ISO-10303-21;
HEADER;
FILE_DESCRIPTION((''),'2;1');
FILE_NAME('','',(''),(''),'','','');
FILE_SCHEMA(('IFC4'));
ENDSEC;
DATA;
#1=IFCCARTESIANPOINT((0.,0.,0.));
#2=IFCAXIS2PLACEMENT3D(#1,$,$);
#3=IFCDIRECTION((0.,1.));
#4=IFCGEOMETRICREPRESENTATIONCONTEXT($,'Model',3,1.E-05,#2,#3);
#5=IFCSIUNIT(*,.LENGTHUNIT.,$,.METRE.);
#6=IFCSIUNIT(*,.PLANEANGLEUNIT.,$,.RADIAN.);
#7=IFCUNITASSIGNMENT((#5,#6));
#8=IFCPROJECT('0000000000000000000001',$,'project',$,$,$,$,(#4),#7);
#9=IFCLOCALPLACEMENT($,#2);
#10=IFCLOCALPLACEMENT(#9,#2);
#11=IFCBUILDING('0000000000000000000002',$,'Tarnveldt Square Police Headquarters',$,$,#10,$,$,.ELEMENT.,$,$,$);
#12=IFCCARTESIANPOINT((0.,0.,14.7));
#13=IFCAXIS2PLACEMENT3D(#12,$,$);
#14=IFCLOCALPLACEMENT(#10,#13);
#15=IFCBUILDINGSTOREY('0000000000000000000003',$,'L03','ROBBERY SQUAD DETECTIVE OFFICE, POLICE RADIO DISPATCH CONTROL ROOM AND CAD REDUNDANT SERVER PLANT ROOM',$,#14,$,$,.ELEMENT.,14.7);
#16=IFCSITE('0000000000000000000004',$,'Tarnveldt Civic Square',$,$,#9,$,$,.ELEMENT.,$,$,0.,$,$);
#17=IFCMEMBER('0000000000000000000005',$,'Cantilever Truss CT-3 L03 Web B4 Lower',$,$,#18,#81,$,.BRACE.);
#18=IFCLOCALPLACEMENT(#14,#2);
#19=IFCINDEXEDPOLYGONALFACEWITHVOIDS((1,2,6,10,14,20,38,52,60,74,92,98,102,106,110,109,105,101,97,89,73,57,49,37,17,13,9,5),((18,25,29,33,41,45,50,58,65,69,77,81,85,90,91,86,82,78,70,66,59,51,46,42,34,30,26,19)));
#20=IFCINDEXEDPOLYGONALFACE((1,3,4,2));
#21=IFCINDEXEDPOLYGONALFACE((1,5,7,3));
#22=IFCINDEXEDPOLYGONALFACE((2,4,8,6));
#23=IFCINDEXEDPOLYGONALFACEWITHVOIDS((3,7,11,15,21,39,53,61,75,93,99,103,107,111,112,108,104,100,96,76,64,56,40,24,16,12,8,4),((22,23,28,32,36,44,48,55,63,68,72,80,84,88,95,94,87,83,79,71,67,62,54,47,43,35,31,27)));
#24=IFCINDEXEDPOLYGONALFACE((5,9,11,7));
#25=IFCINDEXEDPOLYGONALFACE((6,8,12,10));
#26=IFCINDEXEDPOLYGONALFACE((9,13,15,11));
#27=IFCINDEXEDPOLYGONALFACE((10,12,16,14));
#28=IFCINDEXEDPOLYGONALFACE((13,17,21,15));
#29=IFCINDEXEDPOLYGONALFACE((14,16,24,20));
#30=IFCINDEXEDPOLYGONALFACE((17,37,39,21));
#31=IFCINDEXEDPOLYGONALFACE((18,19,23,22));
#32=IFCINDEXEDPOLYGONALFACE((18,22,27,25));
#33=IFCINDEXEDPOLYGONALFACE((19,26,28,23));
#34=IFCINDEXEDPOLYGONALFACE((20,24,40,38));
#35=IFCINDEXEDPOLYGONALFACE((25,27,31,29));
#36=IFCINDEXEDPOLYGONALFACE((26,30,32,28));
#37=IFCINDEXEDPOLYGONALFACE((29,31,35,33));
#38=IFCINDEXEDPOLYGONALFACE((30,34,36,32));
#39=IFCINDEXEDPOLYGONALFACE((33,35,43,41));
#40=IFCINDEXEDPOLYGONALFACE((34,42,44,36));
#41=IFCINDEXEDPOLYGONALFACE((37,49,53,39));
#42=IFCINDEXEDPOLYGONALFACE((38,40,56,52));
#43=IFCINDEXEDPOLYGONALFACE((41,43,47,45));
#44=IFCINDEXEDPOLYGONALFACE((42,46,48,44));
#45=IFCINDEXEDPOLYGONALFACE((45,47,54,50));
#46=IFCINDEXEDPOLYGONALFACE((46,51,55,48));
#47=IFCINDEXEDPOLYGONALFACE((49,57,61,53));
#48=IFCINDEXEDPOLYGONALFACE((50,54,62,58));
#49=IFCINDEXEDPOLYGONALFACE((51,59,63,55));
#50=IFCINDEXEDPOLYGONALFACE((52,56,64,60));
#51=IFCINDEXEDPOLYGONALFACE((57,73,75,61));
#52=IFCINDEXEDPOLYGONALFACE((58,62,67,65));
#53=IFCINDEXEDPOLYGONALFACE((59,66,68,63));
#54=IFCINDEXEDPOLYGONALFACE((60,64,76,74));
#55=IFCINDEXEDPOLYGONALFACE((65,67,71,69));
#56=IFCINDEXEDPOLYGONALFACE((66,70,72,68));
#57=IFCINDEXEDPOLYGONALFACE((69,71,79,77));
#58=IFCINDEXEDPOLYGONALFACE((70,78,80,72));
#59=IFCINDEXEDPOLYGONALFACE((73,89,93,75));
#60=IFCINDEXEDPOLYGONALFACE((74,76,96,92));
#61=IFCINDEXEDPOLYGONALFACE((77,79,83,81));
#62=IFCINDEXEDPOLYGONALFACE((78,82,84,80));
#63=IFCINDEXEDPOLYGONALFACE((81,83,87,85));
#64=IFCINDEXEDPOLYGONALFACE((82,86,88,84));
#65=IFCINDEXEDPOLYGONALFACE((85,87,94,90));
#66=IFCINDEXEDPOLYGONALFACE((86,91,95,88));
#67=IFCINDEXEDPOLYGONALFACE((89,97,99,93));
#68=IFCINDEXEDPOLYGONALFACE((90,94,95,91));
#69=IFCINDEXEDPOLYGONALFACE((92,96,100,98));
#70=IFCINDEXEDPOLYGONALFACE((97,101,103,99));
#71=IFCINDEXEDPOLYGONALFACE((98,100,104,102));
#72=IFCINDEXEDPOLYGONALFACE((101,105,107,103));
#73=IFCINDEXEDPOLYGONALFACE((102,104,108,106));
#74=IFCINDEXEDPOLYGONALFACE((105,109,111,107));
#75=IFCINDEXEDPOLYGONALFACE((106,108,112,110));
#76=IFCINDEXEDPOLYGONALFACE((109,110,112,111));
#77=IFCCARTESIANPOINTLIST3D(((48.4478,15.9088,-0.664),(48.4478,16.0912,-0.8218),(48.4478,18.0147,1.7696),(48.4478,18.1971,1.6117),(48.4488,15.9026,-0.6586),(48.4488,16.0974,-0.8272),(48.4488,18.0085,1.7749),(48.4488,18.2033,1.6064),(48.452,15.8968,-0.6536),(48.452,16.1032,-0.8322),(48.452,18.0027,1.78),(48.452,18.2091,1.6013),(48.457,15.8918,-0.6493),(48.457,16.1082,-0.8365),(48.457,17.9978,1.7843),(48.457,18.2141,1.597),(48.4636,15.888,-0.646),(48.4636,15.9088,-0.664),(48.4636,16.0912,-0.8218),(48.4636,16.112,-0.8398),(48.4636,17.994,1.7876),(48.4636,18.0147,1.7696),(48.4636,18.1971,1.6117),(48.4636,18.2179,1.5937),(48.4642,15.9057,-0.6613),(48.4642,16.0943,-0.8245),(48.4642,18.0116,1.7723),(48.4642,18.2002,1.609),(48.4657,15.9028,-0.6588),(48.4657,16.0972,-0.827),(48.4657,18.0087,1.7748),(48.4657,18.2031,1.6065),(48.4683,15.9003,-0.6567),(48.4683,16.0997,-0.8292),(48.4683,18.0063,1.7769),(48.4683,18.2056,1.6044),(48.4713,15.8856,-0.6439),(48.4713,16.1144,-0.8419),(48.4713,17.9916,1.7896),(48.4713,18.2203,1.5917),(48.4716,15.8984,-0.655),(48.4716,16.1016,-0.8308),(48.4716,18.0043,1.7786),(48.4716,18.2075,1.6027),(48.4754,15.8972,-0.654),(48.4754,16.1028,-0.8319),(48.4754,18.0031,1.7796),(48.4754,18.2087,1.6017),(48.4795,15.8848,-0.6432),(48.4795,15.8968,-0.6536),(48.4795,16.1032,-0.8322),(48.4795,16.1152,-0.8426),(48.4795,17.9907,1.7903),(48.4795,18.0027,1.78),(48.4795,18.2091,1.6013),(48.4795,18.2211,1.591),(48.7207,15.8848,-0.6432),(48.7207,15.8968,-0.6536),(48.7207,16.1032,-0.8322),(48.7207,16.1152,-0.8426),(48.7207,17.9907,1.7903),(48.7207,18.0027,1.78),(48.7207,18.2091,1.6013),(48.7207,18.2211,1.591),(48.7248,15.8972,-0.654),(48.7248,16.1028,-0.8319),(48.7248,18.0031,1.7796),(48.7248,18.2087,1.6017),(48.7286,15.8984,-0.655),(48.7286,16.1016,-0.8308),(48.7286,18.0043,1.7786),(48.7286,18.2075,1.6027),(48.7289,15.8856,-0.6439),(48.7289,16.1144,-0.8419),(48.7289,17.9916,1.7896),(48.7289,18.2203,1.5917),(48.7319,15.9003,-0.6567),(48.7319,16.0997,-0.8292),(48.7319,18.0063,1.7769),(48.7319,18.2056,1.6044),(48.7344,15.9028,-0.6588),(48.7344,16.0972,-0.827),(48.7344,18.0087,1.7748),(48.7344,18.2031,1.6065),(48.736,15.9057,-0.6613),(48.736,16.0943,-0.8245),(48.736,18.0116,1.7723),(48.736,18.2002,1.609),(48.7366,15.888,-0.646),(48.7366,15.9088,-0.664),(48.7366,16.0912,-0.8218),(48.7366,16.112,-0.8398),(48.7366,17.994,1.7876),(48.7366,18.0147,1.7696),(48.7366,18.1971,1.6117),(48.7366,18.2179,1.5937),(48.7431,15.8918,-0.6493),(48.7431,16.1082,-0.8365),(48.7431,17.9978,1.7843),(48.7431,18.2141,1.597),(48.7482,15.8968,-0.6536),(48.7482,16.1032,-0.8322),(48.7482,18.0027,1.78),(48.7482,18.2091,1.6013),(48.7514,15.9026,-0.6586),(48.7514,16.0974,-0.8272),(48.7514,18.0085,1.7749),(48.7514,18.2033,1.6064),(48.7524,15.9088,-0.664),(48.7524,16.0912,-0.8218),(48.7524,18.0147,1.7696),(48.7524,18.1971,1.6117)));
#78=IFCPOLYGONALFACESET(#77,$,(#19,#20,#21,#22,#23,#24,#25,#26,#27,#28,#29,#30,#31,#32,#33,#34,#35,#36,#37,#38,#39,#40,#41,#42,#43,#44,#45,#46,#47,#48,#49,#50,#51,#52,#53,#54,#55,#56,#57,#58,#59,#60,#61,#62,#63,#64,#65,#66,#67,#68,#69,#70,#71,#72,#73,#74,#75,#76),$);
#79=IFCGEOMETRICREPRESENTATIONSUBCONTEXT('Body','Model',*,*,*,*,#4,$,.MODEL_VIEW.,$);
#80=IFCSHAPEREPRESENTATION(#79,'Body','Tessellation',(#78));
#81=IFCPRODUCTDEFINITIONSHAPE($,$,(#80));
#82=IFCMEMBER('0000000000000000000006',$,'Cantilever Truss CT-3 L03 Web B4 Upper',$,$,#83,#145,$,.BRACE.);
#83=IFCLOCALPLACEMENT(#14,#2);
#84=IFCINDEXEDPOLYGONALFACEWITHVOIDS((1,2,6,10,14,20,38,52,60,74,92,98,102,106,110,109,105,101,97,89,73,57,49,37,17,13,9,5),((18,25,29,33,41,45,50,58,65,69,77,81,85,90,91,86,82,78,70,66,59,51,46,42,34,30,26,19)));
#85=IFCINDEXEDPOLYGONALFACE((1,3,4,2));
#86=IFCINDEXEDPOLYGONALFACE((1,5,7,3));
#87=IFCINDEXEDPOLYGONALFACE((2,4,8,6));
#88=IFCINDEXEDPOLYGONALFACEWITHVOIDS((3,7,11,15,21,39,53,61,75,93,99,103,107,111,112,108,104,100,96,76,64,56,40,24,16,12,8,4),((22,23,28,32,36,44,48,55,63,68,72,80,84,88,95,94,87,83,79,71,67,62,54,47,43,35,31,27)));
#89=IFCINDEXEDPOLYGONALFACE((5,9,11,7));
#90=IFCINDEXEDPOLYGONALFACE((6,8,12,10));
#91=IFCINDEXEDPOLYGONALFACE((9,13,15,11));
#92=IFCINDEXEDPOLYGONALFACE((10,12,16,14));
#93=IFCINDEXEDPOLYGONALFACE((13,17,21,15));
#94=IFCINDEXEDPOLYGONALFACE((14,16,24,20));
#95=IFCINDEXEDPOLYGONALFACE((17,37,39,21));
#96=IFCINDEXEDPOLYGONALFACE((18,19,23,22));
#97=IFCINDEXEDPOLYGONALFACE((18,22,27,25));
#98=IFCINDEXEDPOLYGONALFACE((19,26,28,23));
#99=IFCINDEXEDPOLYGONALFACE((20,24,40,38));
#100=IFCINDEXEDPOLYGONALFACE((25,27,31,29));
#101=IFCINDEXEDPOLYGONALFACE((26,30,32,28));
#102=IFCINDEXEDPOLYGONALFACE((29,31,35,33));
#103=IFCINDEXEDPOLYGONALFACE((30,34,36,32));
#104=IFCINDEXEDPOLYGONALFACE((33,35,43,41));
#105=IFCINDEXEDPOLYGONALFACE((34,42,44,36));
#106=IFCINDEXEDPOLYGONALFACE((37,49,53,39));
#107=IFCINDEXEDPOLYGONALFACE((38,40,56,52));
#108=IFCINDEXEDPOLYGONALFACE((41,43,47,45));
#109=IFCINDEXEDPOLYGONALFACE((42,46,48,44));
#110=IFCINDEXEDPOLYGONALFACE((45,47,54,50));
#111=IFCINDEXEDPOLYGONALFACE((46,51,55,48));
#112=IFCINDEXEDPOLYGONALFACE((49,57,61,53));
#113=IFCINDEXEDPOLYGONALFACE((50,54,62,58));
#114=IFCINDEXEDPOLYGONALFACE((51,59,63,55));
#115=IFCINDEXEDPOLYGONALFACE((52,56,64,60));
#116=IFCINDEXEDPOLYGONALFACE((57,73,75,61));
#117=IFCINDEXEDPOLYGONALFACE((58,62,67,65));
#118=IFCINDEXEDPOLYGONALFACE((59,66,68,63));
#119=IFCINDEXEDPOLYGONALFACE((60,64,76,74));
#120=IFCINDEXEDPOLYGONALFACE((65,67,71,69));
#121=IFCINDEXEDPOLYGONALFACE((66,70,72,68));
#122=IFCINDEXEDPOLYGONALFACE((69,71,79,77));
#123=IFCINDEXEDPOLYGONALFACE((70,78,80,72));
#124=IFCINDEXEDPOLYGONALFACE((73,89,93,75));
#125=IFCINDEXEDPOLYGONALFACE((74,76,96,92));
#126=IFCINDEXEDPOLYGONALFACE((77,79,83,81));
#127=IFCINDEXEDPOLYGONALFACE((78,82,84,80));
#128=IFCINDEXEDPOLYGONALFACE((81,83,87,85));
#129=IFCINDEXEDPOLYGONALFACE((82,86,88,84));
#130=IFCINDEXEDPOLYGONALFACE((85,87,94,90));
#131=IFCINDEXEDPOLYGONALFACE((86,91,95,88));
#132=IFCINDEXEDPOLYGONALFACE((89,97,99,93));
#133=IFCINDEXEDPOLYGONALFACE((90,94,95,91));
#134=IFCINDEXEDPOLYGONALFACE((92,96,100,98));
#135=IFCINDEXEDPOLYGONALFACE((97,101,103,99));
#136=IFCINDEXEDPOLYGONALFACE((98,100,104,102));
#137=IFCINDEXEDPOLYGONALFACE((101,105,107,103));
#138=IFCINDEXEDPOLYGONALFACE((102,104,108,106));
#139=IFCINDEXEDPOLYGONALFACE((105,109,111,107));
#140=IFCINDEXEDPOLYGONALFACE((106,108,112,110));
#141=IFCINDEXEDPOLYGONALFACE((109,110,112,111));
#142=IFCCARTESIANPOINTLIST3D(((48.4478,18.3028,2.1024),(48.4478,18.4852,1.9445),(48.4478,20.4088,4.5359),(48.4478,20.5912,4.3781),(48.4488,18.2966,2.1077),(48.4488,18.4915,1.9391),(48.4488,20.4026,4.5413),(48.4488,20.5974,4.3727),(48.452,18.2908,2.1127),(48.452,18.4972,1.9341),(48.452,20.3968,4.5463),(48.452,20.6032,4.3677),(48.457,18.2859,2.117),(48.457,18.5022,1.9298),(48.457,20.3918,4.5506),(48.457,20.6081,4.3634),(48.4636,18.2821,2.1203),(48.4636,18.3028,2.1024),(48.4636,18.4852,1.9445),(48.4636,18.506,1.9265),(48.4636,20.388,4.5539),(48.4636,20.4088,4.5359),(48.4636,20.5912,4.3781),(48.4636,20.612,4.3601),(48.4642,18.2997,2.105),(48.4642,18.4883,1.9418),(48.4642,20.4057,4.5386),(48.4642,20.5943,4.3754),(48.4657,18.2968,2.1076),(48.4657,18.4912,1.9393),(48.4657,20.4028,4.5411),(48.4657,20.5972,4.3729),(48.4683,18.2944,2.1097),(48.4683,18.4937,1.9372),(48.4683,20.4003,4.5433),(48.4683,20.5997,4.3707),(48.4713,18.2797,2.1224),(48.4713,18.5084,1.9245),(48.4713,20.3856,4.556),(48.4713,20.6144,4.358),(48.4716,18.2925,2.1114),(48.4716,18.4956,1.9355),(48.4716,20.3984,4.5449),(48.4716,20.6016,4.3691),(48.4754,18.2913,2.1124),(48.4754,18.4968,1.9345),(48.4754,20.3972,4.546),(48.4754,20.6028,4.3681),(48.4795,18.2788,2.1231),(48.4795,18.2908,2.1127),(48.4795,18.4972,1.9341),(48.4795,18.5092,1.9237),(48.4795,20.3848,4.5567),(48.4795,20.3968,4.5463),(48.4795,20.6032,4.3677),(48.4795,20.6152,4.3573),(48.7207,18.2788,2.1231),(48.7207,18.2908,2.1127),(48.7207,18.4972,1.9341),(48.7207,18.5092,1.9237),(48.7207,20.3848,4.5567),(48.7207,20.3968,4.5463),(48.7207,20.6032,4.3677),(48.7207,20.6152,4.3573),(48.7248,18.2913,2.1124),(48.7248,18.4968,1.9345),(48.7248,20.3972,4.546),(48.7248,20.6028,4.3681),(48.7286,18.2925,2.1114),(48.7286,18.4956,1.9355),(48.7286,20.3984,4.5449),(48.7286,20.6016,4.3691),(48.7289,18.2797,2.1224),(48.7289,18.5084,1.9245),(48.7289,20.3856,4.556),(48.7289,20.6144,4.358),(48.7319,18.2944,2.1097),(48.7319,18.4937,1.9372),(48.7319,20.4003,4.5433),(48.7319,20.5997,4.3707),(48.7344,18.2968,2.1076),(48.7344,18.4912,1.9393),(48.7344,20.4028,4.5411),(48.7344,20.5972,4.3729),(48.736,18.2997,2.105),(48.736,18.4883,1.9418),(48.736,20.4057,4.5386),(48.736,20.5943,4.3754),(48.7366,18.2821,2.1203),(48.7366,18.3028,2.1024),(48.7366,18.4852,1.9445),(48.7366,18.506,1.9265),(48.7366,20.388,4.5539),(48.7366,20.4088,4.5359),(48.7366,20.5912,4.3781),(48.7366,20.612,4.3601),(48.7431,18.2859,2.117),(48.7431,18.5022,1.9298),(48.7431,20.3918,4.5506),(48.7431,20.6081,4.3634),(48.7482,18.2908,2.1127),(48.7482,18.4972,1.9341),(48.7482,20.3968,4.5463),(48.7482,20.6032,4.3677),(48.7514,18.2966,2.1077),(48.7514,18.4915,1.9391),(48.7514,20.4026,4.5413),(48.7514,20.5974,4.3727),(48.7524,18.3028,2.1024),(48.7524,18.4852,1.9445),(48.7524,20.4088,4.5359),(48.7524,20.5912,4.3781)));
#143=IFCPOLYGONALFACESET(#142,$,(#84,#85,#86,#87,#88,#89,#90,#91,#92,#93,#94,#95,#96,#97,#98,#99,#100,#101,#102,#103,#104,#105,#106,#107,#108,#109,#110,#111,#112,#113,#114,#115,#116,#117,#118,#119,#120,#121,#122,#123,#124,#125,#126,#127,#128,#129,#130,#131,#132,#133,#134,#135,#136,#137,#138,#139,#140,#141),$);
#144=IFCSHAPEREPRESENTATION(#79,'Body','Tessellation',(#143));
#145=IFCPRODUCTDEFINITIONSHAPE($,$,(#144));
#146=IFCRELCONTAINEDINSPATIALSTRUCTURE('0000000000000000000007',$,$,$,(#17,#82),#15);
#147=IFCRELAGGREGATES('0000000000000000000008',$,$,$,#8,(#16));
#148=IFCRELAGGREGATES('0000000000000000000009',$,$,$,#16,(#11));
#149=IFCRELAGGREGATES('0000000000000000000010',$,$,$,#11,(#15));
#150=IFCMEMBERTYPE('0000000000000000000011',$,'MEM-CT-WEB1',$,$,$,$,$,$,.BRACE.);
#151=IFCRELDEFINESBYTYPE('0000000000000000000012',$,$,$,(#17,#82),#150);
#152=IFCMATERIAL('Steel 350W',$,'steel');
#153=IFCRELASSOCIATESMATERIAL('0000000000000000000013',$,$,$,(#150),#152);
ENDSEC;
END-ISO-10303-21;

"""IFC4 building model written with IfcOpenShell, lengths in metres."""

from ifc_helpers import new_model, si_unit, direction, frame, origin, origin_2d, place, context, subcontext, project, spatial, hollow_rectangle, extrude, material, material_profile, profile_set, type_object, element, save


model = new_model("IFC4")

# Units and contexts
model_context = context("Model", 3, precision=1e-05, world=origin(), true_north=direction((0.0, 1.0)))
body_context = subcontext(model_context, "Body", "Model", "MODEL_VIEW")
ifc_project = project(units=[si_unit("LENGTHUNIT", "METRE"), si_unit("PLANEANGLEUNIT", "RADIAN")], contexts=[model_context])

# Site, building, storey
site_placement = place(None, origin())
site = spatial("IfcSite", under=ifc_project, at=site_placement, Name="Tarnveldt Civic Square", CompositionType="ELEMENT", RefElevation=0.0)
building_placement = place(site_placement, origin())
building = spatial("IfcBuilding", under=site, at=building_placement, Name="Tarnveldt Square Police Headquarters", CompositionType="ELEMENT")
storey_placement = place(building_placement, frame((0.0, 0.0, 14.7)))
storey = spatial("IfcBuildingStorey", under=building, at=storey_placement, Name="L03", Description="ROBBERY SQUAD DETECTIVE OFFICE, POLICE RADIO DISPATCH CONTROL ROOM AND CAD REDUNDANT SERVER PLANT ROOM", CompositionType="ELEMENT", Elevation=14.7)

# Shared definitions
ifc_material_1 = material(Name="Steel 350W", Category="steel")

# Members
ifc_material_profile_1 = material_profile(ifc_material_1, hollow_rectangle(XDim=0.3047, YDim=0.3047, WallThickness=0.0159, InnerFilletRadius=0.0159, OuterFilletRadius=0.0317, at=origin_2d()), Name="HSS305x305x16")
ifc_profile_set_1 = profile_set([ifc_material_profile_1], Name="Steel 350W")
member_type_1 = type_object("IfcMemberType", Name="MEM-CT-WEB1", PredefinedType="BRACE", material=ifc_profile_set_1)
for number, where, z_axis, x_axis, name in (
    (1, (48.6001, 16.0, -0.7429), (0.0, 0.65437, 0.756174), (-1.0, 0.0, 0.0), "Cantilever Truss CT-3 L03 Web B4 Lower"),
    (2, (48.6001, 18.394, 2.0234), (0.0, 0.65437, 0.756174), (-1.0, 0.0, 0.0), "Cantilever Truss CT-3 L03 Web B4 Upper"),
):
    element("IfcMember", number, at=place(storey_placement, frame(where, z_axis=z_axis, x_axis=x_axis)), inside=storey, type_object=member_type_1, Name=name, PredefinedType="BRACE", context=body_context, shape_type="SweptSolid", body=[
        extrude(hollow_rectangle(XDim=0.3047, YDim=0.3047, WallThickness=0.0159, InnerFilletRadius=0.0159, OuterFilletRadius=0.0317, at=origin_2d()), origin(), (0.0, 0.0, 1.0), 3.2183),
    ])

save(model, "model.ifc")
